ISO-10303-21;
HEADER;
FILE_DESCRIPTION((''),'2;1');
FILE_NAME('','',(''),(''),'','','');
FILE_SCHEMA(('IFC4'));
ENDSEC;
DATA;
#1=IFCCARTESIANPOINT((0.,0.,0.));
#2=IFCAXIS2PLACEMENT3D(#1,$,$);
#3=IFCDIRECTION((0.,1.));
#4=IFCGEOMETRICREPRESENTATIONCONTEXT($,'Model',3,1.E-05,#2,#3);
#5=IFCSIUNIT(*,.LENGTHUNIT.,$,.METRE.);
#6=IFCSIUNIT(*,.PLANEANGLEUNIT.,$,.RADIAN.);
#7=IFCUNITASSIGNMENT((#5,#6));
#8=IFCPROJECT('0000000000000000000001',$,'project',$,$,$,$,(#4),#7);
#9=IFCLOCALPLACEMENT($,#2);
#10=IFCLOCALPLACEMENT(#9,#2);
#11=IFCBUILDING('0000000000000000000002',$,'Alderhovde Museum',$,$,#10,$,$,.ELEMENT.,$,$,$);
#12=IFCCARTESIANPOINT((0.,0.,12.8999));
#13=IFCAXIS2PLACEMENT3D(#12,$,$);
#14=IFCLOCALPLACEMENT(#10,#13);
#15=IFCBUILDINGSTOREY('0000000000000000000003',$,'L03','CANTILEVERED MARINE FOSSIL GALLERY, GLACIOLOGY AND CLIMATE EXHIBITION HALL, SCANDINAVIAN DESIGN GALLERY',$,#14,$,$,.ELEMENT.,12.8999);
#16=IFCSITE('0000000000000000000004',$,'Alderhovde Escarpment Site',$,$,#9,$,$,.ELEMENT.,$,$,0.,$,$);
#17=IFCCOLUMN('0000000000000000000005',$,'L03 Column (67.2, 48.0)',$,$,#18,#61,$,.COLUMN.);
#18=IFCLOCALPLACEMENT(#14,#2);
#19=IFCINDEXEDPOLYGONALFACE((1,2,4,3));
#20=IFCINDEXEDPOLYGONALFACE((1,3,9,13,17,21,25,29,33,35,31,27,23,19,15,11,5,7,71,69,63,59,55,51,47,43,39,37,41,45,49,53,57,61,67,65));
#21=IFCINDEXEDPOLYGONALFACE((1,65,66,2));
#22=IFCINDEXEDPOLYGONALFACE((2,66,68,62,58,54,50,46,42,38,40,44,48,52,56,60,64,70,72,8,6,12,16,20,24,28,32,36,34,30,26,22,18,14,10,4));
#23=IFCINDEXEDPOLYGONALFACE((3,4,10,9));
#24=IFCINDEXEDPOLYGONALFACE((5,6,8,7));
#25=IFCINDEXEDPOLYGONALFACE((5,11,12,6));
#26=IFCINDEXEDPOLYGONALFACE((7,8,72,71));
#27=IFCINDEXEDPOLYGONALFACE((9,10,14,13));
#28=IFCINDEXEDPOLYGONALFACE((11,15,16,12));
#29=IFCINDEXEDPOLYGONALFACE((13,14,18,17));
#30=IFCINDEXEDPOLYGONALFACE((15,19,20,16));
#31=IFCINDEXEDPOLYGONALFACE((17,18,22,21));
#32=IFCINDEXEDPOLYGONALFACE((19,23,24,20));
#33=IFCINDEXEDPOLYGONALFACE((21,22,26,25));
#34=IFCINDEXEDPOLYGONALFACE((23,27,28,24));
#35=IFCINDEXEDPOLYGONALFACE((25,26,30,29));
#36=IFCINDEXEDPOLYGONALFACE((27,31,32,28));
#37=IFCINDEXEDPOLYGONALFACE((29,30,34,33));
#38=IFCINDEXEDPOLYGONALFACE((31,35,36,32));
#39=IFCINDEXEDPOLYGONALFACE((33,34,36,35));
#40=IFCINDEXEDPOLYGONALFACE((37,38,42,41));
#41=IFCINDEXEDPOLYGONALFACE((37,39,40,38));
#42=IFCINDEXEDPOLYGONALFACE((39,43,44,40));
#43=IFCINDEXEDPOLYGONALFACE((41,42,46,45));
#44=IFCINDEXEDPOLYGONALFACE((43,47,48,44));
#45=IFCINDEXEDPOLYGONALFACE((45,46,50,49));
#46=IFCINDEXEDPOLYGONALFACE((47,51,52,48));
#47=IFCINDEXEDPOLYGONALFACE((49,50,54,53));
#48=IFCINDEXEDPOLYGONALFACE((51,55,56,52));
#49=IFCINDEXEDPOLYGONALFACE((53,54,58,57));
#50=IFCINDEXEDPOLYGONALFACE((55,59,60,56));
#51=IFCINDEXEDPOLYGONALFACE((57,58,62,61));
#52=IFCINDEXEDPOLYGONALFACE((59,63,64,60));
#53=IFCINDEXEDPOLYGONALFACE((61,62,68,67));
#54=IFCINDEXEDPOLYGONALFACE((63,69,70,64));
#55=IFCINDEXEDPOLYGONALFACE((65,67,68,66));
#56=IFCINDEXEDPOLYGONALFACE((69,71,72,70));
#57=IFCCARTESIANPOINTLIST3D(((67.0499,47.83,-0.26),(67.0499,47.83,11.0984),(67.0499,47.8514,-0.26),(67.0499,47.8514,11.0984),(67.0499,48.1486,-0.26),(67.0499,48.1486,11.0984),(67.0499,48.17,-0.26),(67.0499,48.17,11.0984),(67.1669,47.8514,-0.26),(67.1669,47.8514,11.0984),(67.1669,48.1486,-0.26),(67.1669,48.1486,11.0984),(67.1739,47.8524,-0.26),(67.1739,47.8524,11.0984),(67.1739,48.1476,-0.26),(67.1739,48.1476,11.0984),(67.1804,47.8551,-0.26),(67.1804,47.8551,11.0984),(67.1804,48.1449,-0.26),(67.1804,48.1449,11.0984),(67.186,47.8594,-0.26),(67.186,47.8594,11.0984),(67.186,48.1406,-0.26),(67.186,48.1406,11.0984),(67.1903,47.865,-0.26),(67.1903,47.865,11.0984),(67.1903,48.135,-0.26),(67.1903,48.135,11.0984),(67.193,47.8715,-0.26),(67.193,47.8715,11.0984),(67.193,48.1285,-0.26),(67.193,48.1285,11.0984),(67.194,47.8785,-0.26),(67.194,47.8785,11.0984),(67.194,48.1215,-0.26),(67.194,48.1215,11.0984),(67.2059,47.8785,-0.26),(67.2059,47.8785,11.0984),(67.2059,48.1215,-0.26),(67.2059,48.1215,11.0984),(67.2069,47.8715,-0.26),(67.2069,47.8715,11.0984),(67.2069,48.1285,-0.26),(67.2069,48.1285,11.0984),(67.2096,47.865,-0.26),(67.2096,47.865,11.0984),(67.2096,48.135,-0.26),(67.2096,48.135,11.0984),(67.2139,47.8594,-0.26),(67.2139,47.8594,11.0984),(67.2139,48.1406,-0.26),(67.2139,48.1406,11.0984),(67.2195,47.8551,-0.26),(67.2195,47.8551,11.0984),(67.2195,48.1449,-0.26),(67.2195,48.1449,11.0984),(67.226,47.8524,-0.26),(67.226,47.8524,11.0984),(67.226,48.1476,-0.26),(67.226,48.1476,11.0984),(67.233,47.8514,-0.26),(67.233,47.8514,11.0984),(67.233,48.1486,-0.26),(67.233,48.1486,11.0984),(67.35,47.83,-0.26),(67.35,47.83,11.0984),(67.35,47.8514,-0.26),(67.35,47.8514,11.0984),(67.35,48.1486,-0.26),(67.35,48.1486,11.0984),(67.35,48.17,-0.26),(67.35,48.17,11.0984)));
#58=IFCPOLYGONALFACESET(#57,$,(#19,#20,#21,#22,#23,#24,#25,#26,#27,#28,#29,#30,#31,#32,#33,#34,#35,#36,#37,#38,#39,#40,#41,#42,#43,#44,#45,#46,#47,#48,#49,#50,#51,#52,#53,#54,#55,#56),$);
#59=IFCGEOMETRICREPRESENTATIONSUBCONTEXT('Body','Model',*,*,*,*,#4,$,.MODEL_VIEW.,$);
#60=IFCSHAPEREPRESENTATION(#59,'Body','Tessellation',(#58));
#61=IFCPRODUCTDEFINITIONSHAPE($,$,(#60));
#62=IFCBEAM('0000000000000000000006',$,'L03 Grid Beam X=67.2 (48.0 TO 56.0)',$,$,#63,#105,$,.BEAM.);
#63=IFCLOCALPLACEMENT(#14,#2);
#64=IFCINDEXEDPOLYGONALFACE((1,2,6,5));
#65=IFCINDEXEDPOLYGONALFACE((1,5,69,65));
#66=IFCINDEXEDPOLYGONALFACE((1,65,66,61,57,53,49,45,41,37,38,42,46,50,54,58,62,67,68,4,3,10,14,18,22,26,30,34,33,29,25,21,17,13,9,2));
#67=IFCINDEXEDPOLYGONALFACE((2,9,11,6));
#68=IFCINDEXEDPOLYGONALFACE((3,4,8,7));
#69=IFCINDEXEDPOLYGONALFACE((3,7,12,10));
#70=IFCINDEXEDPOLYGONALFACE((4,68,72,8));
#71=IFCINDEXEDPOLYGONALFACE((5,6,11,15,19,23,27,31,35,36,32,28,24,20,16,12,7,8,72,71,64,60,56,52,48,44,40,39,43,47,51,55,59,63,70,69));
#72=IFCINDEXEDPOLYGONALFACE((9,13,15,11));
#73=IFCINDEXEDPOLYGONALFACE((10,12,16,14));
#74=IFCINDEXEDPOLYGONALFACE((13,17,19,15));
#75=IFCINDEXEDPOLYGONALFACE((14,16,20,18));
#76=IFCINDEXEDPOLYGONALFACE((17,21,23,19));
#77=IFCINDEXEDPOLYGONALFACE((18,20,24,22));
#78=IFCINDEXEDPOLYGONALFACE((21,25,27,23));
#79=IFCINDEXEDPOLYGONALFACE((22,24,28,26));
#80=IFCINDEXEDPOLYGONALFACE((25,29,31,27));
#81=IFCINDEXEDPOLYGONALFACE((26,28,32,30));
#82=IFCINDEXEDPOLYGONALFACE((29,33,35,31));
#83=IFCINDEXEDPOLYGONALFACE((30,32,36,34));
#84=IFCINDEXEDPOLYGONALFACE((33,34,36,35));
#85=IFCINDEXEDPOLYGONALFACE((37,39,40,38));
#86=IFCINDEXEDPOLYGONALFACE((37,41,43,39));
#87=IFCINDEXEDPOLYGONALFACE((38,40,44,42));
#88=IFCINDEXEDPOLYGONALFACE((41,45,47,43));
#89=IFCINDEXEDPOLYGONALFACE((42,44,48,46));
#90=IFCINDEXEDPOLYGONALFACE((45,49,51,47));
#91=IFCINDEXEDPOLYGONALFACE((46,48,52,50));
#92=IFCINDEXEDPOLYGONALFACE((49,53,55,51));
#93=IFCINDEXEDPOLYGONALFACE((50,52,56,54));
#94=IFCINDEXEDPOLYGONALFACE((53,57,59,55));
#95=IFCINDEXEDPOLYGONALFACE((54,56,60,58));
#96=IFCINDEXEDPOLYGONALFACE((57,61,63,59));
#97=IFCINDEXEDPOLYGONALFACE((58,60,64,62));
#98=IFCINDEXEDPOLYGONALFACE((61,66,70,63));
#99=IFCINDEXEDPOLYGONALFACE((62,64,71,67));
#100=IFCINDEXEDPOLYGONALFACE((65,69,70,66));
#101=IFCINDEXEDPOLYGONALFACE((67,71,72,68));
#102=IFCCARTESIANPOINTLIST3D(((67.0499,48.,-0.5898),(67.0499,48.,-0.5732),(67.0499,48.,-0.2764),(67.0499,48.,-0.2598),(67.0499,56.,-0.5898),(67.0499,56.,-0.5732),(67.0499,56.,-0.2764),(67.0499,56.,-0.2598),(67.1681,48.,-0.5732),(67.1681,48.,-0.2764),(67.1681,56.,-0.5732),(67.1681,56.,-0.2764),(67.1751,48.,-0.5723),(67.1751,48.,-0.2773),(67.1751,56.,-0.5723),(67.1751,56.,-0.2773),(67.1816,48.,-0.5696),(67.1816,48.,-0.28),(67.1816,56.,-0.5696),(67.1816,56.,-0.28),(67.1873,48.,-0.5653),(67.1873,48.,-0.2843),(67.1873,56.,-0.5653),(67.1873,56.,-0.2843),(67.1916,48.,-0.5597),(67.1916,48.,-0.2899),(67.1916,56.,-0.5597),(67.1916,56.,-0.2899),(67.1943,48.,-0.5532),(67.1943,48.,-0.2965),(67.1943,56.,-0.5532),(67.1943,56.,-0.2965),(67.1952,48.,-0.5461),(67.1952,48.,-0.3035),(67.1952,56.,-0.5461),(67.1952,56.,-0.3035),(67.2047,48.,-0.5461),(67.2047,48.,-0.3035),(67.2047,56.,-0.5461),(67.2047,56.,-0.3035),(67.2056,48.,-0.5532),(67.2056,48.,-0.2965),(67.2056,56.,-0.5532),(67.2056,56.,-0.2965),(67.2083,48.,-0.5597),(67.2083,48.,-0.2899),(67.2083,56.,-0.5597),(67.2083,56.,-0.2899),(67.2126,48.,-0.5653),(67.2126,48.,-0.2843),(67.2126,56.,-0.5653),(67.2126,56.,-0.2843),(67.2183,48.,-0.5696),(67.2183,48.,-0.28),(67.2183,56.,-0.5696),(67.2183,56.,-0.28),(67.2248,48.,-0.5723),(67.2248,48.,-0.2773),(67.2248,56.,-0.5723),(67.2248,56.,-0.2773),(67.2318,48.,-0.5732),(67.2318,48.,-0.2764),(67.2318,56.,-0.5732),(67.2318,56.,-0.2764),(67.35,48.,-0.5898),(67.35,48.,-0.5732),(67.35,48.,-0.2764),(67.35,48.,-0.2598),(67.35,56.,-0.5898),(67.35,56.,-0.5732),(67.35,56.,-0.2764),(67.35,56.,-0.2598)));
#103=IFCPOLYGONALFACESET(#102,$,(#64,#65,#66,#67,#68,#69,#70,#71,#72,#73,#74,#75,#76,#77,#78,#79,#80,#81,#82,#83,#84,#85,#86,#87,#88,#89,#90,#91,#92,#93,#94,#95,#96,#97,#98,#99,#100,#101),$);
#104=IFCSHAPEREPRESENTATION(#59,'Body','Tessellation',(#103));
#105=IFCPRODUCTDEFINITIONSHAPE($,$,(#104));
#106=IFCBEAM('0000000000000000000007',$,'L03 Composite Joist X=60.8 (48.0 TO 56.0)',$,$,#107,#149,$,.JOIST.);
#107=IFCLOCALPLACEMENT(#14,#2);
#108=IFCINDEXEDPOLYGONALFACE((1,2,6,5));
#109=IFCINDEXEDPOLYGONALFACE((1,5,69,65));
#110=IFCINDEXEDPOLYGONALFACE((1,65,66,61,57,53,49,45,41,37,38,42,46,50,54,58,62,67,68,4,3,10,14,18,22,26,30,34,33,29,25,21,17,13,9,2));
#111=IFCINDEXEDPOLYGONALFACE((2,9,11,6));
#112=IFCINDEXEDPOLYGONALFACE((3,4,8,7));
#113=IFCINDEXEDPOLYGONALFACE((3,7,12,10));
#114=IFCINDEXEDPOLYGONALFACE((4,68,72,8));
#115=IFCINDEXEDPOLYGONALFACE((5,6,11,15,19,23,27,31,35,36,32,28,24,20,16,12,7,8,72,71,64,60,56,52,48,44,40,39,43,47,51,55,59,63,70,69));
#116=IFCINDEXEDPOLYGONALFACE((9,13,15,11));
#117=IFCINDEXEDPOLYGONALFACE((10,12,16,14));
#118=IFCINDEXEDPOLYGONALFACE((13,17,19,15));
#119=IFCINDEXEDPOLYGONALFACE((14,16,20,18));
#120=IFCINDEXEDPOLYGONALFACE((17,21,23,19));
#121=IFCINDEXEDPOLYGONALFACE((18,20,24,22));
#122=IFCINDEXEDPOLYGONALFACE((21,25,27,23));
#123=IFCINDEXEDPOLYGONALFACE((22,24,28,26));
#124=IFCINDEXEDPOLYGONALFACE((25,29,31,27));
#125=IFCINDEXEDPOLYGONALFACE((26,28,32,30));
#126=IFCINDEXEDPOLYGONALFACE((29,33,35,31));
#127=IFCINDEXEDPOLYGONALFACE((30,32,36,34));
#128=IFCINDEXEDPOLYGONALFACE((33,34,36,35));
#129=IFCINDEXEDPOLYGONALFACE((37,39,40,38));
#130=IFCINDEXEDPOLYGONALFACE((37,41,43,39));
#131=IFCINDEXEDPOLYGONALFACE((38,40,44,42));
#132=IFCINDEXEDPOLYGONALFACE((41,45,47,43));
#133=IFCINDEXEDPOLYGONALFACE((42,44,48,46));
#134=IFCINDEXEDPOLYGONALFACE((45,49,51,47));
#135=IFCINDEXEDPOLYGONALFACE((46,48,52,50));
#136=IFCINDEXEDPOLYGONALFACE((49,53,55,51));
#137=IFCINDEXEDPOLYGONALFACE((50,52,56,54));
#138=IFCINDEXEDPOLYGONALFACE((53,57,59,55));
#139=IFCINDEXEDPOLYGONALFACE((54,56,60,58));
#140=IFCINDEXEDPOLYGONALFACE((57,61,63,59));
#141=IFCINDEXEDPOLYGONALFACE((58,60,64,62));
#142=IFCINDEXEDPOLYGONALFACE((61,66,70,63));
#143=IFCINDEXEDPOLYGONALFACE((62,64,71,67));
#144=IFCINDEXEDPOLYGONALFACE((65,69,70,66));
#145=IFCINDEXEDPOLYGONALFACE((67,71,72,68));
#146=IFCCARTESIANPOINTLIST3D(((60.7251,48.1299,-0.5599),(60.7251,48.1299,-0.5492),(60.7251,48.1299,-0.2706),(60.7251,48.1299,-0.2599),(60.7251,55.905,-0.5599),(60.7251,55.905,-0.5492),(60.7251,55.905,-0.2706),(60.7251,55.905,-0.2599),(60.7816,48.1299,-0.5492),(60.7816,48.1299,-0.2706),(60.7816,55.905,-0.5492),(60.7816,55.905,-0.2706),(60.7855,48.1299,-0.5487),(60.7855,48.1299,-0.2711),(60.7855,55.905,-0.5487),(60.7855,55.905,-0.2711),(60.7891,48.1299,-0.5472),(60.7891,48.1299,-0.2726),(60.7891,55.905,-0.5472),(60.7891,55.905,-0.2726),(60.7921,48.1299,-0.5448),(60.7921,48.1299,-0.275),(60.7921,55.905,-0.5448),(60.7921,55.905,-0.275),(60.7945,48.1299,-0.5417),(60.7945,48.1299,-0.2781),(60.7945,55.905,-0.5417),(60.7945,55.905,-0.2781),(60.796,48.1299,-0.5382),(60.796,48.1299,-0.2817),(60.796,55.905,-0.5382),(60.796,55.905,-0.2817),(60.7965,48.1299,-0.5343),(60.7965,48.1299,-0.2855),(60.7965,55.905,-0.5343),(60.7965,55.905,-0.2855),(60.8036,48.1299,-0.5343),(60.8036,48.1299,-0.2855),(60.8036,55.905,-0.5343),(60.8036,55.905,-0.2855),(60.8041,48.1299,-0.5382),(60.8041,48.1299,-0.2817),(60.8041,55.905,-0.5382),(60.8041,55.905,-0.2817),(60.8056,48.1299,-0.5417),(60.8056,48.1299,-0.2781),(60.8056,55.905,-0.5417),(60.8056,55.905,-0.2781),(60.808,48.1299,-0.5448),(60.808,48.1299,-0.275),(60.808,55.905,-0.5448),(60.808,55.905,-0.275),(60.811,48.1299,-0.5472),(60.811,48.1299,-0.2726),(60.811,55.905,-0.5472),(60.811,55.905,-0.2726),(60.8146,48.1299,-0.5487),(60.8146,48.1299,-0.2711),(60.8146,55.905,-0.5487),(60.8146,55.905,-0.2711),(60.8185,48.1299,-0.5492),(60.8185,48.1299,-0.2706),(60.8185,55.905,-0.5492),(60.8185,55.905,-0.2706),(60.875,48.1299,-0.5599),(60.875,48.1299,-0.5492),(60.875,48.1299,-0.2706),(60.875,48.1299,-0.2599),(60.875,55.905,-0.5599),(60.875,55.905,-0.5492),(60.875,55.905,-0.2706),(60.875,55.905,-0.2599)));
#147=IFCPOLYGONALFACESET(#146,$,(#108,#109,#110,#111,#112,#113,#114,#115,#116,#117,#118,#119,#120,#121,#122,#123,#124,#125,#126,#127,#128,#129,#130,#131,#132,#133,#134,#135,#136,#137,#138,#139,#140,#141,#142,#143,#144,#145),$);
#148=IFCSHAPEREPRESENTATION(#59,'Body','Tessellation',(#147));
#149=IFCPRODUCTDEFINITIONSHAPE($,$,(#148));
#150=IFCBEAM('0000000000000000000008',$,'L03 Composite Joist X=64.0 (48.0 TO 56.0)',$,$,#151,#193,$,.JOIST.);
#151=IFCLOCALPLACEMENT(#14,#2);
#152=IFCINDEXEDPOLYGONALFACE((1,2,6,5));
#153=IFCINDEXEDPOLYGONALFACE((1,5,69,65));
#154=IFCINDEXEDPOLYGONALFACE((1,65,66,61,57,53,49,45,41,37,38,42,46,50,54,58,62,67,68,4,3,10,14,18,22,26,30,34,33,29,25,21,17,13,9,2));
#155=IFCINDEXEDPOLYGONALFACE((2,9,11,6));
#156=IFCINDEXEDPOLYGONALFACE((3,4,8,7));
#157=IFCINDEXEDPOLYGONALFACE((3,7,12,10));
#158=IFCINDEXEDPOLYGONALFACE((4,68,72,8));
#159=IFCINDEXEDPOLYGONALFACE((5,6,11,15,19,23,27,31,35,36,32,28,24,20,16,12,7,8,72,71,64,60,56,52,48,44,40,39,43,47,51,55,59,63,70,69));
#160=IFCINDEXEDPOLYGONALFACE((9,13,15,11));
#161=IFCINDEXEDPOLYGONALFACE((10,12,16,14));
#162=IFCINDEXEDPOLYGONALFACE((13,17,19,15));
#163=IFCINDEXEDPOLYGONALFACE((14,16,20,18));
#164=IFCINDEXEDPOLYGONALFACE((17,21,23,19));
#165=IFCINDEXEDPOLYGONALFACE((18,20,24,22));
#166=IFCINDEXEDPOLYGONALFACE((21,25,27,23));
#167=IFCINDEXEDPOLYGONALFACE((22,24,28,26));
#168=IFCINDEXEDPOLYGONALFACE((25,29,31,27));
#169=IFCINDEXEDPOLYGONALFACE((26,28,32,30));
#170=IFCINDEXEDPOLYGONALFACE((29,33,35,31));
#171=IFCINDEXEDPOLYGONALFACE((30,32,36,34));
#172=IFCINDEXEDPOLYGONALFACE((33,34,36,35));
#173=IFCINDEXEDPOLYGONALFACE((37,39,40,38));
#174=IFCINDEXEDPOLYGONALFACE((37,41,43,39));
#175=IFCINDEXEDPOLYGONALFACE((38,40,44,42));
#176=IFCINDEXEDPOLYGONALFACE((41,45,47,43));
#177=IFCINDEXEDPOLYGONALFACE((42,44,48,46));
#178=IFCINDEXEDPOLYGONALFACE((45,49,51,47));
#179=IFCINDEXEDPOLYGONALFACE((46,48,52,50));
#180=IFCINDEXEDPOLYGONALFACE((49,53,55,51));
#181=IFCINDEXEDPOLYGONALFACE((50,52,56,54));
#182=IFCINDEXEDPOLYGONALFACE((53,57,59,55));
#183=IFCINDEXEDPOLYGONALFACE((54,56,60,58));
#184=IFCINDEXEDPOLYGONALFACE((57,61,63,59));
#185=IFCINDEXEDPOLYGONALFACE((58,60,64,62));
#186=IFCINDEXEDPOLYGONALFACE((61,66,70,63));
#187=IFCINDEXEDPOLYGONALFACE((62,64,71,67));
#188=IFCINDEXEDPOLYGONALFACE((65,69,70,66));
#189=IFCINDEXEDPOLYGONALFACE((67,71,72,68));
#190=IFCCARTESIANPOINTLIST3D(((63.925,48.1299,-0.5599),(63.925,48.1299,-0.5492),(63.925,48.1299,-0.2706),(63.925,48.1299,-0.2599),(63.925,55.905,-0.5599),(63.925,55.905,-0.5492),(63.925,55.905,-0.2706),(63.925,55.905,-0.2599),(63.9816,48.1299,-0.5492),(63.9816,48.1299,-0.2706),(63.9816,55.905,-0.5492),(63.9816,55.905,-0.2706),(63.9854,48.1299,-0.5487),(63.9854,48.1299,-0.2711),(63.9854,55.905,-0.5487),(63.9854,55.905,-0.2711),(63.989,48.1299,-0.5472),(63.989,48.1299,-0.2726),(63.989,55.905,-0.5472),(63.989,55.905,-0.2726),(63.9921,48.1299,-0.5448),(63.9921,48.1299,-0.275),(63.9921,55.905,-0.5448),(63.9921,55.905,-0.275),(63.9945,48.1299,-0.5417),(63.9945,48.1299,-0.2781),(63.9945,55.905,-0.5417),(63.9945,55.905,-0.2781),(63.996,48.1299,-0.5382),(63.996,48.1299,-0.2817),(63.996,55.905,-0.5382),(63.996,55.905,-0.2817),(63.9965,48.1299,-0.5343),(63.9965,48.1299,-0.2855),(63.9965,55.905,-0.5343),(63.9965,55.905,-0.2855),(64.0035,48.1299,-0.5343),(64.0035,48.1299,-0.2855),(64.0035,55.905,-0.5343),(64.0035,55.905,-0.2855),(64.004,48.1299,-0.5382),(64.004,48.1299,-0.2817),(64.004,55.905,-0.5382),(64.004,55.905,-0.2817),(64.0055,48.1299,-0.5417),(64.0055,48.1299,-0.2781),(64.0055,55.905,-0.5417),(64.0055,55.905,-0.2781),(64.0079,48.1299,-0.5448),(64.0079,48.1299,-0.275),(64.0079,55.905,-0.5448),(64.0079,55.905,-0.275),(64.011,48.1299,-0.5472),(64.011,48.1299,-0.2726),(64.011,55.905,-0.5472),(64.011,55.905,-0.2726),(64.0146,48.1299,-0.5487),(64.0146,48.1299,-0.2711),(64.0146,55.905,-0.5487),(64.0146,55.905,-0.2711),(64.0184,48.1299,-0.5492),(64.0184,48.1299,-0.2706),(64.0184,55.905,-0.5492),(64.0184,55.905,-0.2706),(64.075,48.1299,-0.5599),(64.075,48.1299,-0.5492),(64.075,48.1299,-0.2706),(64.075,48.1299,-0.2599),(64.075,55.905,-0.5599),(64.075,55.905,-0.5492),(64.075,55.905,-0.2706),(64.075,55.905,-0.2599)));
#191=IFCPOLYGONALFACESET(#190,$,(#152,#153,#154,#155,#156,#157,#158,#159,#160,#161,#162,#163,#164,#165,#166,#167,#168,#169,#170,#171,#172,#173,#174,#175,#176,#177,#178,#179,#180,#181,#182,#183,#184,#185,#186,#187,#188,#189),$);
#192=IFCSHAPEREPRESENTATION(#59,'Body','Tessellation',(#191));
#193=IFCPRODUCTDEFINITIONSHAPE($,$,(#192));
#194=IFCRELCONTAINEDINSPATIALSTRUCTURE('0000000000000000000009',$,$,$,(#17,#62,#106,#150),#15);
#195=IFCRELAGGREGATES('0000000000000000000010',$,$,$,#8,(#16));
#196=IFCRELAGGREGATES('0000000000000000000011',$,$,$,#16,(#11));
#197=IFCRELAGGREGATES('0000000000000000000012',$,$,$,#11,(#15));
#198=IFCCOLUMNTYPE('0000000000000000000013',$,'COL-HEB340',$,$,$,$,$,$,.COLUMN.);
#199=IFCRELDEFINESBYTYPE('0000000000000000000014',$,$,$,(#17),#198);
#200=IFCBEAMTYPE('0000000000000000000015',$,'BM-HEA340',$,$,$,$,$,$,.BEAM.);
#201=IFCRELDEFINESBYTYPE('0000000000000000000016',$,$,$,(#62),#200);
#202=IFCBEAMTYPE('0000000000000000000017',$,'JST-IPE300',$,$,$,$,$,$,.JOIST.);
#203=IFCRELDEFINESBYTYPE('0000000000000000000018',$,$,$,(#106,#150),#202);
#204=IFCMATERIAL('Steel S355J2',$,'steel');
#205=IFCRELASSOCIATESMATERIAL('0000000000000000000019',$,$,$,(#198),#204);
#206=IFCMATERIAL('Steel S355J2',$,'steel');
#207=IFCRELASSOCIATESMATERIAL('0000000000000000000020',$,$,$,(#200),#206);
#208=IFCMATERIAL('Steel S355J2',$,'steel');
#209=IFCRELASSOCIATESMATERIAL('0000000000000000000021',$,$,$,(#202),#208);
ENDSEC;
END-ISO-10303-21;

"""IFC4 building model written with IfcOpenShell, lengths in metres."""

from ifc_helpers import new_model, si_unit, direction, frame, origin, origin_2d, place, context, subcontext, project, spatial, i_section, extrude, material, material_profile, profile_set, type_object, element, save


model = new_model("IFC4")

# Units and contexts
model_context = context("Model", 3, precision=1e-05, world=origin(), true_north=direction((0.0, 1.0)))
body_context = subcontext(model_context, "Body", "Model", "MODEL_VIEW")
ifc_project = project(units=[si_unit("LENGTHUNIT", "METRE"), si_unit("PLANEANGLEUNIT", "RADIAN")], contexts=[model_context])

# Site, building, storey
site_placement = place(None, origin())
site = spatial("IfcSite", under=ifc_project, at=site_placement, Name="Alderhovde Escarpment Site", CompositionType="ELEMENT", RefElevation=0.0)
building_placement = place(site_placement, origin())
building = spatial("IfcBuilding", under=site, at=building_placement, Name="Alderhovde Museum", CompositionType="ELEMENT")
storey_placement = place(building_placement, frame((0.0, 0.0, 12.8999)))
storey = spatial("IfcBuildingStorey", under=building, at=storey_placement, Name="L03", Description="CANTILEVERED MARINE FOSSIL GALLERY, GLACIOLOGY AND CLIMATE EXHIBITION HALL, SCANDINAVIAN DESIGN GALLERY", CompositionType="ELEMENT", Elevation=12.8999)

# Column
ifc_material_1 = material(Name="Steel S355J2", Category="steel")
ifc_material_profile_1 = material_profile(ifc_material_1, i_section(OverallWidth=0.3, OverallDepth=0.3401, WebThickness=0.012, FlangeThickness=0.0215, FilletRadius=0.0271, at=origin_2d()), Name="HEB 340")
ifc_profile_set_1 = profile_set([ifc_material_profile_1], Name="Steel S355J2")
column_type = type_object("IfcColumnType", Name="COL-HEB340", PredefinedType="COLUMN", material=ifc_profile_set_1)
column_placement = place(storey_placement, frame((67.2, 48.0, -0.26), z_axis=(0.0, 0.0, 1.0), x_axis=(1.0, 0.0, 0.0)))
element("IfcColumn", 1, at=column_placement, inside=storey, type_object=column_type, Name="L03 Column (67.2, 48.0)", PredefinedType="COLUMN", context=body_context, shape_type="SweptSolid", body=[
    extrude(i_section(OverallWidth=0.3, OverallDepth=0.3401, WebThickness=0.012, FlangeThickness=0.0215, FilletRadius=0.0271, at=origin_2d()), origin(), (0.0, 0.0, 1.0), 11.3584),
])

# Beams
ifc_material_2 = material(Name="Steel S355J2", Category="steel")
ifc_material_profile_2 = material_profile(ifc_material_2, i_section(OverallWidth=0.3, OverallDepth=0.3301, WebThickness=0.0095, FlangeThickness=0.0166, FilletRadius=0.0271, at=origin_2d()), Name="HEA 340")
ifc_profile_set_2 = profile_set([ifc_material_profile_2], Name="Steel S355J2")
beam_type_1 = type_object("IfcBeamType", Name="BM-HEA340", PredefinedType="BEAM", material=ifc_profile_set_2)
beam_1_placement = place(storey_placement, frame((67.2, 48.0, -0.4248), z_axis=(0.0, 1.0, 0.0), x_axis=(-1.0, 0.0, 0.0)))
element("IfcBeam", 2, at=beam_1_placement, inside=storey, type_object=beam_type_1, Name="L03 Grid Beam X=67.2 (48.0 TO 56.0)", PredefinedType="BEAM", context=body_context, shape_type="SweptSolid", body=[
    extrude(i_section(OverallWidth=0.3, OverallDepth=0.3301, WebThickness=0.0095, FlangeThickness=0.0166, FilletRadius=0.0271, at=origin_2d()), origin(), (0.0, 0.0, 1.0), 8.0),
])
ifc_material_3 = material(Name="Steel S355J2", Category="steel")
ifc_material_profile_3 = material_profile(ifc_material_3, i_section(OverallWidth=0.1499, OverallDepth=0.3, WebThickness=0.0071, FlangeThickness=0.0107, FilletRadius=0.0149, at=origin_2d()), Name="IPE 300")
ifc_profile_set_3 = profile_set([ifc_material_profile_3], Name="Steel S355J2")
beam_type_2 = type_object("IfcBeamType", Name="JST-IPE300", PredefinedType="JOIST", material=ifc_profile_set_3)
for number, where, z_axis, x_axis, name in (
    (3, (60.8, 48.1299, -0.4099), (0.0, 1.0, 0.0), (-1.0, 0.0, 0.0), "L03 Composite Joist X=60.8 (48.0 TO 56.0)"),
    (4, (64.0, 48.1299, -0.4099), (0.0, 1.0, 0.0), (-1.0, 0.0, 0.0), "L03 Composite Joist X=64.0 (48.0 TO 56.0)"),
):
    element("IfcBeam", number, at=place(storey_placement, frame(where, z_axis=z_axis, x_axis=x_axis)), inside=storey, type_object=beam_type_2, Name=name, PredefinedType="JOIST", context=body_context, shape_type="SweptSolid", body=[
        extrude(i_section(OverallWidth=0.1499, OverallDepth=0.3, WebThickness=0.0071, FlangeThickness=0.0107, FilletRadius=0.0149, at=origin_2d()), origin(), (0.0, 0.0, 1.0), 7.7751),
    ])

save(model, "model.ifc")
